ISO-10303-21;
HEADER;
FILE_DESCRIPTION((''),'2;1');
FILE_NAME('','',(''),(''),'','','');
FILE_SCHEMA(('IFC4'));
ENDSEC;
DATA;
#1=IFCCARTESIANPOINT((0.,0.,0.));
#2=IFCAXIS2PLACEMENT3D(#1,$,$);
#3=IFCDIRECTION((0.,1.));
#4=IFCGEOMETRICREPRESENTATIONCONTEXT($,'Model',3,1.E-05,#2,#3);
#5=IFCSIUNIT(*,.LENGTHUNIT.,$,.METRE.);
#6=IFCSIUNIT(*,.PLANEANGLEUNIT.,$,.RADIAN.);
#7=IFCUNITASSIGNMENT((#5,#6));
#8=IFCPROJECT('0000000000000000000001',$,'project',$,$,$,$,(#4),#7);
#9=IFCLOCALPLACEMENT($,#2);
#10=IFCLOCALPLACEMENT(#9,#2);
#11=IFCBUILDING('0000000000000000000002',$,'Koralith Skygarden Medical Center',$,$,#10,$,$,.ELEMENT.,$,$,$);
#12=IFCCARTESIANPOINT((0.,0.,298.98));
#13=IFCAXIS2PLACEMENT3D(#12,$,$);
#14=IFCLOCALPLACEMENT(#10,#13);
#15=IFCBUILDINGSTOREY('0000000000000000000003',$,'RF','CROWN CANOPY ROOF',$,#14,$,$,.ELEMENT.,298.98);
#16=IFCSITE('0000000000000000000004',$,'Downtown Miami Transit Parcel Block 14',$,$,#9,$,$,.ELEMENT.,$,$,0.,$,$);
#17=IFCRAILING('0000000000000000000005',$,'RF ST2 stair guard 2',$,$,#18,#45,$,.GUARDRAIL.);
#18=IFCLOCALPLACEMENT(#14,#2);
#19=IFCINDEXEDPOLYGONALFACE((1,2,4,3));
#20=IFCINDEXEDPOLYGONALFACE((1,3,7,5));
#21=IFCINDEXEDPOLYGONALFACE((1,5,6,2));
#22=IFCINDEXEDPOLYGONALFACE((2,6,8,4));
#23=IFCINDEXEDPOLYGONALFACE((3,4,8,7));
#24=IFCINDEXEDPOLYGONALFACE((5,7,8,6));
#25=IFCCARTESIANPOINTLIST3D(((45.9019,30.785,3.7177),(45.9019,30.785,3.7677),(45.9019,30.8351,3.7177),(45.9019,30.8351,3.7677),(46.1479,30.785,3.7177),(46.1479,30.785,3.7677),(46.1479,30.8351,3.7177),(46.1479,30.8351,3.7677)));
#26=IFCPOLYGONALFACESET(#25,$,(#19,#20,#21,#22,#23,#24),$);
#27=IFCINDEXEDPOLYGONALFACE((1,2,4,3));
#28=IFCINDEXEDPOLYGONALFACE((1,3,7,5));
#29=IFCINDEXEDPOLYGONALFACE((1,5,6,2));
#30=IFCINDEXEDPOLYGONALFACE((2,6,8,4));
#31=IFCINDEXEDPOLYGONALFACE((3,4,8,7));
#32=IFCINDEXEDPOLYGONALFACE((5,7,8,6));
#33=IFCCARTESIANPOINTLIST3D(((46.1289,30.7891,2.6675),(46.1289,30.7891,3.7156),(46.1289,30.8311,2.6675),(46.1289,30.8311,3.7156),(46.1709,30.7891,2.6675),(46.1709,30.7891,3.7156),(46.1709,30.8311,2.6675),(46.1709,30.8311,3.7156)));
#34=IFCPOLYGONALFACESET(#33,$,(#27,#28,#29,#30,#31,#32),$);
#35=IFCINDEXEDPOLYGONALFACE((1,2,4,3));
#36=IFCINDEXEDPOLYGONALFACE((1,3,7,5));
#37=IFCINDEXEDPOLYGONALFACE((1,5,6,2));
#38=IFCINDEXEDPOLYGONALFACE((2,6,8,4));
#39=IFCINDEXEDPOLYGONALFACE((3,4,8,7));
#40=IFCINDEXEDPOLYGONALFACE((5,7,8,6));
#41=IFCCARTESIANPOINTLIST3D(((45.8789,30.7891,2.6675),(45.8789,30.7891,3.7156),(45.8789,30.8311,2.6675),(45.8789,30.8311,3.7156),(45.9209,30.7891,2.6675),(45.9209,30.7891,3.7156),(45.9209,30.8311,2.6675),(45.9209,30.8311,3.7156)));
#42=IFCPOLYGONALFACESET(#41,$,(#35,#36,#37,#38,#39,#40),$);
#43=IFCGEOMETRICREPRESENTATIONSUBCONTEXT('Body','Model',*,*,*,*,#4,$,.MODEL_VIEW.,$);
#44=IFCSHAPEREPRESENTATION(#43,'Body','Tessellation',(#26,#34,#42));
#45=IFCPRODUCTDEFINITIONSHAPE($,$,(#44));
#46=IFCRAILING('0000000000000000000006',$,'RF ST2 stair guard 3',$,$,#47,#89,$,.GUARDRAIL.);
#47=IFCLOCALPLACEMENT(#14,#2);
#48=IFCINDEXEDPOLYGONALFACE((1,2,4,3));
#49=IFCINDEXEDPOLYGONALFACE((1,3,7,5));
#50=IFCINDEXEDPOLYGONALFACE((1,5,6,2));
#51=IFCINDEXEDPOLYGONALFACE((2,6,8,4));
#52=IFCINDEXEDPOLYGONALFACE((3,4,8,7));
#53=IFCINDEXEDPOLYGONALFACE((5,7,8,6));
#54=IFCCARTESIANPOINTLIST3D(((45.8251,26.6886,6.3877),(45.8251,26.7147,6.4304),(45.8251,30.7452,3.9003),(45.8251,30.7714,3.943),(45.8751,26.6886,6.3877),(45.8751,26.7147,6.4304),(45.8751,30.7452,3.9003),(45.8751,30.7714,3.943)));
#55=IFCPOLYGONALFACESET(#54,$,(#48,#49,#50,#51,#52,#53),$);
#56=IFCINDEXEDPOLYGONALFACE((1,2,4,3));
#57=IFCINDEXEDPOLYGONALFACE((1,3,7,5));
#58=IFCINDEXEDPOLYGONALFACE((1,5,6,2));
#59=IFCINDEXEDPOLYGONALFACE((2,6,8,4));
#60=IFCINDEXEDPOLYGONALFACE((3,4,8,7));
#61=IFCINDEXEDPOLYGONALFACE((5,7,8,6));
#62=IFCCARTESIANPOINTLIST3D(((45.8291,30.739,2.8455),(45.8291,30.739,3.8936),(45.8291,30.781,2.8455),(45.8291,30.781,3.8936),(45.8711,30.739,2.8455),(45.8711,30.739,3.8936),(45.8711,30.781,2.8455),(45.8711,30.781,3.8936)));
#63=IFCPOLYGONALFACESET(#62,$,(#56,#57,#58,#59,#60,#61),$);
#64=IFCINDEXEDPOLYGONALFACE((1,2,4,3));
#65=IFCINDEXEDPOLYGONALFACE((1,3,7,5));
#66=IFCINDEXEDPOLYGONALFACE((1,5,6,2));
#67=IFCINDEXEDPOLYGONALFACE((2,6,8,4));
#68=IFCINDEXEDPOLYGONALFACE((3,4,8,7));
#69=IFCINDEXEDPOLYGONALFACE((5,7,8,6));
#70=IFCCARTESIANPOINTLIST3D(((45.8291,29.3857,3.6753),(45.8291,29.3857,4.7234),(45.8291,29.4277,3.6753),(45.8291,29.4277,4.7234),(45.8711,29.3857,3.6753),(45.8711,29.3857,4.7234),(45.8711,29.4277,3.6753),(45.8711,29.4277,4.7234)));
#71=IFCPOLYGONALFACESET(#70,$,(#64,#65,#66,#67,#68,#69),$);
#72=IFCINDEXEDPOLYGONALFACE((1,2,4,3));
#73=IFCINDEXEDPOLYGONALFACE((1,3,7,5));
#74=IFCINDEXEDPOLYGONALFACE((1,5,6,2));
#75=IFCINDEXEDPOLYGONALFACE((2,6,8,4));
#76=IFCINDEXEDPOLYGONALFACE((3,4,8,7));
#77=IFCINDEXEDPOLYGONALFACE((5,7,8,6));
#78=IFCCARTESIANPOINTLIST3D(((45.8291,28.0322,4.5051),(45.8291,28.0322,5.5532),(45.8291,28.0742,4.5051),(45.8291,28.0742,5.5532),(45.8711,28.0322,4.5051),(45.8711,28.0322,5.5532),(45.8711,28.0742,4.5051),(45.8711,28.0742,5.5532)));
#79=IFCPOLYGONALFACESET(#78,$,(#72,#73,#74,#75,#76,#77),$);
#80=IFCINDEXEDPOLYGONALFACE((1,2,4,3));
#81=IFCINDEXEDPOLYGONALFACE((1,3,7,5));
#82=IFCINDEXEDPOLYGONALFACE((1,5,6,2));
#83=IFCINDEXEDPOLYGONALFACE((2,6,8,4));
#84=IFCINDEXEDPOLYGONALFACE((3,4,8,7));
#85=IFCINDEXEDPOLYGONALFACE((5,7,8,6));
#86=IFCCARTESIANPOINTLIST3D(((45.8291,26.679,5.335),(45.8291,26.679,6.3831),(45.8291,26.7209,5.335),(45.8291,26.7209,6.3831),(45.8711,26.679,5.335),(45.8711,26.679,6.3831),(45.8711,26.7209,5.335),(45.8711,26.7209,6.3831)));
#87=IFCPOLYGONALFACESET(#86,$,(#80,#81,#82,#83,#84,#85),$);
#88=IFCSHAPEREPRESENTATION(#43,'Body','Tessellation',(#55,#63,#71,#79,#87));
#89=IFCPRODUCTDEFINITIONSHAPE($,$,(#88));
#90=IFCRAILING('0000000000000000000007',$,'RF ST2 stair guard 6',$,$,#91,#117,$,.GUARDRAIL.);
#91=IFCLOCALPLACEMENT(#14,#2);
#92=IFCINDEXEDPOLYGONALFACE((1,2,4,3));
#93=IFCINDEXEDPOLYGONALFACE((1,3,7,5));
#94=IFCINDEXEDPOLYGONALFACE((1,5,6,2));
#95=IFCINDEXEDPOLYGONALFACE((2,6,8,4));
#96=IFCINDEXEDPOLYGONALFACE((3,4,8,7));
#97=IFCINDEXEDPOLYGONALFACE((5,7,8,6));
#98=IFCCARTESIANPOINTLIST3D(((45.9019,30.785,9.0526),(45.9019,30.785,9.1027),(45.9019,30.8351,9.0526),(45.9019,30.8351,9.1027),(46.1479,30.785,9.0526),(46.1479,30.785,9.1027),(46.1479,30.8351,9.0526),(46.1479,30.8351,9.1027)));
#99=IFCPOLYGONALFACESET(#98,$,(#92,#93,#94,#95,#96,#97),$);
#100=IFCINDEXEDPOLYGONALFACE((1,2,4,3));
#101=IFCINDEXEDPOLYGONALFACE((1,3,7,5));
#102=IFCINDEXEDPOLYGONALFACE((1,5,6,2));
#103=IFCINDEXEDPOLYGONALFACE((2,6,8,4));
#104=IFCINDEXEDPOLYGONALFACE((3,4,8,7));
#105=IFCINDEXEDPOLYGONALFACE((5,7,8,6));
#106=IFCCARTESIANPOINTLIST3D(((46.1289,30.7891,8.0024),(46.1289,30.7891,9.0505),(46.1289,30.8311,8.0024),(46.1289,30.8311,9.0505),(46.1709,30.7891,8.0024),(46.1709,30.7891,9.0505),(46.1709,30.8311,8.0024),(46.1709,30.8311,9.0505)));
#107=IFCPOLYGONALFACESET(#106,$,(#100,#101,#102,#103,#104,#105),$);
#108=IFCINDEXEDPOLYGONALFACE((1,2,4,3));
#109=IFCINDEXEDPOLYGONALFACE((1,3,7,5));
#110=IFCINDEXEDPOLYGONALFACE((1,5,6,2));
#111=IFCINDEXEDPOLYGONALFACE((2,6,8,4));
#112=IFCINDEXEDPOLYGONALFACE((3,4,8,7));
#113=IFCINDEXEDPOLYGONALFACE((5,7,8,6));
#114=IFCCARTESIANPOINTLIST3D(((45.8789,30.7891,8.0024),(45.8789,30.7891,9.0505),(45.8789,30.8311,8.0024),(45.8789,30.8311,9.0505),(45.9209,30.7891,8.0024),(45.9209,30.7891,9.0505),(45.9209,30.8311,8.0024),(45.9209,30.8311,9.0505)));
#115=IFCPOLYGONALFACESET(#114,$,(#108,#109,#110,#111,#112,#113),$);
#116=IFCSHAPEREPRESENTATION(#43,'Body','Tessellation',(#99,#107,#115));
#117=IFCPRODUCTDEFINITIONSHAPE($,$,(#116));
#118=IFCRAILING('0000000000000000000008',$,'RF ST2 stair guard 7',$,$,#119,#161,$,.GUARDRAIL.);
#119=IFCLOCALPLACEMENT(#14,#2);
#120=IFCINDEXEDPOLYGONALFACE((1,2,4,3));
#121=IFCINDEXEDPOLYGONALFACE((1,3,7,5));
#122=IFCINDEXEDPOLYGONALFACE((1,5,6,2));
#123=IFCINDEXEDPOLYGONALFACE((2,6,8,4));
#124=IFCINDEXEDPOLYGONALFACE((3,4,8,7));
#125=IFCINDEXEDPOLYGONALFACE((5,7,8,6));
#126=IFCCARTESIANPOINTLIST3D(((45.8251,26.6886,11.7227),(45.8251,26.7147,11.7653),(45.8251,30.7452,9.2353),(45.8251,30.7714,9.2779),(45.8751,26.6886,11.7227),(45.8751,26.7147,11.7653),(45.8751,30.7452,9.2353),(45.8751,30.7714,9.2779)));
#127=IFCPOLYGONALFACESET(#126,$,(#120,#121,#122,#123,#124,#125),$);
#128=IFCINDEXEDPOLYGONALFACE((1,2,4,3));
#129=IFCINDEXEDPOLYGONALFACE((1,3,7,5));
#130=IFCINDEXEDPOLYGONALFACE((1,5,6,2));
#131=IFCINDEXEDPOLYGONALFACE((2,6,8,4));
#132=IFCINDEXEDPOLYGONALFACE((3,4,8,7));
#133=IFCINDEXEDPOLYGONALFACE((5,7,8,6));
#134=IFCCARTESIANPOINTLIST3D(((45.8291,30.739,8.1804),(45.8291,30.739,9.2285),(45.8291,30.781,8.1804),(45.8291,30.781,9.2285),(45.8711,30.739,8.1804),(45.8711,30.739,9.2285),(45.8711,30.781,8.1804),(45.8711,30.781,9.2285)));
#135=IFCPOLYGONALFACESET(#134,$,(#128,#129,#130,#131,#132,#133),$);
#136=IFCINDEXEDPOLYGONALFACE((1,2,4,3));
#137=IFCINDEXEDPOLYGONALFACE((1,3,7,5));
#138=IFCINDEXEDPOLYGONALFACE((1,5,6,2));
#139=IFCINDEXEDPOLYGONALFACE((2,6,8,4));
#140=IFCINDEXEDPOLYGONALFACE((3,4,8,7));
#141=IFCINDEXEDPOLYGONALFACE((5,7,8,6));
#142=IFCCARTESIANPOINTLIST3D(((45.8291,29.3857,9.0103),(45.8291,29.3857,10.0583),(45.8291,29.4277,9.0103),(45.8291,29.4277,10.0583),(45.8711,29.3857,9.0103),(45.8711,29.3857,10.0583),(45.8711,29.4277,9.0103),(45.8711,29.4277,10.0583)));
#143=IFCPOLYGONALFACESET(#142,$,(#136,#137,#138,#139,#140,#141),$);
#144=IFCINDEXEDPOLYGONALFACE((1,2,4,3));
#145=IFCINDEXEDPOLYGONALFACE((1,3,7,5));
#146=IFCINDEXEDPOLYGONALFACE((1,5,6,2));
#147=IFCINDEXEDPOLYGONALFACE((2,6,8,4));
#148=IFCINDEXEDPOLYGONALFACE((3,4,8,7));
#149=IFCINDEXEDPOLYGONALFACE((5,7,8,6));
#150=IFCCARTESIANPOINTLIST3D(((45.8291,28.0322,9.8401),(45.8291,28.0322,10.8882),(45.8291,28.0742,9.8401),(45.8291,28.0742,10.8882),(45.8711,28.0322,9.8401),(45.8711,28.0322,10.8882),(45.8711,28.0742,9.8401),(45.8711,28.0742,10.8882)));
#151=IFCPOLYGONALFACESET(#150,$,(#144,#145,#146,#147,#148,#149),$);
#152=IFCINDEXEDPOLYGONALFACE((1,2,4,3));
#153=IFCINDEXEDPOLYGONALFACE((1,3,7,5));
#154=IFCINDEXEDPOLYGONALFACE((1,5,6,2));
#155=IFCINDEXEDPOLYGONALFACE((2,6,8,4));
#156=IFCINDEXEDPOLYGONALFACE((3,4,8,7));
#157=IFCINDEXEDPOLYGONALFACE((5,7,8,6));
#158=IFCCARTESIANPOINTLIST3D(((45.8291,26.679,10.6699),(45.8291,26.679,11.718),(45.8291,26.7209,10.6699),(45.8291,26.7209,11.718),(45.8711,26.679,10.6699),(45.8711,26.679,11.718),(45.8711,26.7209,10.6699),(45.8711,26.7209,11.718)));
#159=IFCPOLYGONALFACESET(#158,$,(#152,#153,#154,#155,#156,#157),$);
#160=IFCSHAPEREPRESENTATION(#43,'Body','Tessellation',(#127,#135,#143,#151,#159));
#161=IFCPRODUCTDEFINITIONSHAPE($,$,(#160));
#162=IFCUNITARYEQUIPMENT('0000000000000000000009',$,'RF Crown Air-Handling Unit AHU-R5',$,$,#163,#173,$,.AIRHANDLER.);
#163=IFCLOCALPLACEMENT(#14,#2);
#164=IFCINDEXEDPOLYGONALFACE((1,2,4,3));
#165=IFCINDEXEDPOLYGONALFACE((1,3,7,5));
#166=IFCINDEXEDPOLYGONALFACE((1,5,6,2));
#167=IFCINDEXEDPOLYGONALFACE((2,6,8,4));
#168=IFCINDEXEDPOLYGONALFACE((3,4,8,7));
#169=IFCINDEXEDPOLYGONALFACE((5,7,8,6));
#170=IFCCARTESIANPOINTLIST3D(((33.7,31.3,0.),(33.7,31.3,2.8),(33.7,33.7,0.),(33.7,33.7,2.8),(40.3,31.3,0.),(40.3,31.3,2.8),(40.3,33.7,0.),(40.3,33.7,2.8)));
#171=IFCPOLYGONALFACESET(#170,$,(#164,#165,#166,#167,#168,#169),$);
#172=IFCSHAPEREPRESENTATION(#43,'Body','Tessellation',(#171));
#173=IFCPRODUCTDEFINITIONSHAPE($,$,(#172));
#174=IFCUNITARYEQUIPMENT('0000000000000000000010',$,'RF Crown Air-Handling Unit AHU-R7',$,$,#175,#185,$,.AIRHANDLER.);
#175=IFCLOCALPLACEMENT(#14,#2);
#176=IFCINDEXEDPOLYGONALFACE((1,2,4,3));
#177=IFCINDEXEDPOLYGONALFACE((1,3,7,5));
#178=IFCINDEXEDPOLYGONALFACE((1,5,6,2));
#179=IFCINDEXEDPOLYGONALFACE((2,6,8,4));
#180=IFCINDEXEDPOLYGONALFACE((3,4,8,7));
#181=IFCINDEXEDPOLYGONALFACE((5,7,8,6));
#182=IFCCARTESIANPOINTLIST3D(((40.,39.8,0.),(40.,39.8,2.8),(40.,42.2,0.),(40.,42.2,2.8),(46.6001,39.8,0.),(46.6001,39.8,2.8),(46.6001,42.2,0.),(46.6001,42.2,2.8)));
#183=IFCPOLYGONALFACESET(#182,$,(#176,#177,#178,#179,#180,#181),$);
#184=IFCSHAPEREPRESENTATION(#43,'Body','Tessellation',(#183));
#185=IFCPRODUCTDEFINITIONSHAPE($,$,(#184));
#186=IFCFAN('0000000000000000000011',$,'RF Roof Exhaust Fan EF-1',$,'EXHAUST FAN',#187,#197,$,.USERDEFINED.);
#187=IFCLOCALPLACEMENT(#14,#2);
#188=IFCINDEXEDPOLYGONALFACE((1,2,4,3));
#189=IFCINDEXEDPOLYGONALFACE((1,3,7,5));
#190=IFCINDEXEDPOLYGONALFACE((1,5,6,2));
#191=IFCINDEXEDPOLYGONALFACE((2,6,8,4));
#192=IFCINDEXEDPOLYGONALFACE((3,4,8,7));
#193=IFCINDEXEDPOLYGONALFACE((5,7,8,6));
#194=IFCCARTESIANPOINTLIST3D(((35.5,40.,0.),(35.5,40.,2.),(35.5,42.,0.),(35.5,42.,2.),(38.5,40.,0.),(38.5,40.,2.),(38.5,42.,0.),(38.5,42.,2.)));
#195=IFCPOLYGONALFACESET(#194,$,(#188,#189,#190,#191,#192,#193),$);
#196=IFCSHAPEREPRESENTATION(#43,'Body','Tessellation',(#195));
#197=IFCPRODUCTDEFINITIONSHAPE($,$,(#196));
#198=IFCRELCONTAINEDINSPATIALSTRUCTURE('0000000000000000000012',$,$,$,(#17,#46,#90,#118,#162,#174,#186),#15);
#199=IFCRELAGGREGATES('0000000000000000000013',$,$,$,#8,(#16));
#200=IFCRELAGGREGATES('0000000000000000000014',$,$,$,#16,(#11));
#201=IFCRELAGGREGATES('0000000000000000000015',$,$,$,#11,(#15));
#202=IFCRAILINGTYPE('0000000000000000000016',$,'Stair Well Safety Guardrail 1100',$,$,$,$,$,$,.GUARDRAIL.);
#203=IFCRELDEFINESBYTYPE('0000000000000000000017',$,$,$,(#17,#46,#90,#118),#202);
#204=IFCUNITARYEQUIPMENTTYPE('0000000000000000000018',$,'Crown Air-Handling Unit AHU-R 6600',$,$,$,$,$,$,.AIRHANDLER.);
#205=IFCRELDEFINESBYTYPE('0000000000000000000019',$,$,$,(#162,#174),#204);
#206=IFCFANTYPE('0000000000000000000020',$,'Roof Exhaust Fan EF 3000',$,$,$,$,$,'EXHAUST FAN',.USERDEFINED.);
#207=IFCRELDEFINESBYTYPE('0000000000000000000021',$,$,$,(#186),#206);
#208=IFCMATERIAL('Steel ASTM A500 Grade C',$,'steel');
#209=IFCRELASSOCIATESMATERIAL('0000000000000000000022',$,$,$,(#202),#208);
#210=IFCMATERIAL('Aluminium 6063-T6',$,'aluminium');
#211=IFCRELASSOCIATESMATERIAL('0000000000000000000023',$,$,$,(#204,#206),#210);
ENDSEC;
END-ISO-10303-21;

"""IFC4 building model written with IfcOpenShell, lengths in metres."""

from ifc_helpers import new_model, si_unit, direction, frame, origin, origin_2d, place, context, subcontext, project, spatial, rectangle, extrude, material, type_object, element, save


model = new_model("IFC4")

# Units and contexts
model_context = context("Model", 3, precision=1e-05, world=origin(), true_north=direction((0.0, 1.0)))
body_context = subcontext(model_context, "Body", "Model", "MODEL_VIEW")
ifc_project = project(units=[si_unit("LENGTHUNIT", "METRE"), si_unit("PLANEANGLEUNIT", "RADIAN")], contexts=[model_context])

# Site, building, storey
site_placement = place(None, origin())
site = spatial("IfcSite", under=ifc_project, at=site_placement, Name="Downtown Miami Transit Parcel Block 14", CompositionType="ELEMENT", RefElevation=0.0)
building_placement = place(site_placement, origin())
building = spatial("IfcBuilding", under=site, at=building_placement, Name="Koralith Skygarden Medical Center", CompositionType="ELEMENT")
storey_placement = place(building_placement, frame((0.0, 0.0, 298.98)))
storey = spatial("IfcBuildingStorey", under=building, at=storey_placement, Name="RF", Description="CROWN CANOPY ROOF", CompositionType="ELEMENT", Elevation=298.98)

# Shared definitions
ifc_material_1 = material(Name="Steel ASTM A500 Grade C", Category="steel")

# Shared definitions
ifc_material_2 = material(Name="Aluminium 6063-T6", Category="aluminium")

# Railings
railing_type_1 = type_object("IfcRailingType", Name="Stair Well Safety Guardrail 1100", PredefinedType="GUARDRAIL", material=ifc_material_1)
railing_1_placement = place(storey_placement, frame((46.1499, 30.8101, 2.6675)))
element("IfcRailing", 1, at=railing_1_placement, inside=storey, type_object=railing_type_1, Name="RF ST2 stair guard 2", PredefinedType="GUARDRAIL", context=body_context, shape_type="SweptSolid", body=[
    extrude(rectangle(XDim=0.05, YDim=0.05, at=origin_2d()), frame((-0.002, 0.0, 1.0752), z_axis=(-1.0, 0.0, 0.0), x_axis=(0.0, -1.0, 0.0)), (0.0, 0.0, 1.0), 0.2461),
    extrude(rectangle(XDim=0.042, YDim=0.042, at=origin_2d()), origin(), (0.0, 0.0, 1.0), 1.0481),
    extrude(rectangle(XDim=0.042, YDim=0.042, at=origin_2d()), frame((-0.25, 0.0, 0.0)), (0.0, 0.0, 1.0), 1.0481),
])
railing_2_placement = place(storey_placement, frame((45.8501, 30.76, 2.8455)))
element("IfcRailing", 2, at=railing_2_placement, inside=storey, type_object=railing_type_1, Name="RF ST2 stair guard 3", PredefinedType="GUARDRAIL", context=body_context, shape_type="SweptSolid", body=[
    extrude(rectangle(XDim=0.05, YDim=0.05, at=origin_2d()), frame((0.0, -0.0017, 1.0762), z_axis=(0.0, -0.8525, 0.522727), x_axis=(1.0, 0.0, 0.0)), (0.0, 0.0, 1.0), 4.7585),
    extrude(rectangle(XDim=0.042, YDim=0.042, at=origin_2d()), origin(), (0.0, 0.0, 1.0), 1.0481),
    extrude(rectangle(XDim=0.042, YDim=0.042, at=origin_2d()), frame((0.0, -1.3533, 0.8298)), (0.0, 0.0, 1.0), 1.0481),
    extrude(rectangle(XDim=0.042, YDim=0.042, at=origin_2d()), frame((0.0, -2.7068, 1.6597)), (0.0, 0.0, 1.0), 1.0481),
    extrude(rectangle(XDim=0.042, YDim=0.042, at=origin_2d()), frame((0.0, -4.0601, 2.4895)), (0.0, 0.0, 1.0), 1.0481),
])
railing_3_placement = place(storey_placement, frame((46.1499, 30.8101, 8.0024)))
element("IfcRailing", 3, at=railing_3_placement, inside=storey, type_object=railing_type_1, Name="RF ST2 stair guard 6", PredefinedType="GUARDRAIL", context=body_context, shape_type="SweptSolid", body=[
    extrude(rectangle(XDim=0.05, YDim=0.05, at=origin_2d()), frame((-0.002, 0.0, 1.0752), z_axis=(-1.0, 0.0, 0.0), x_axis=(0.0, -1.0, 0.0)), (0.0, 0.0, 1.0), 0.2461),
    extrude(rectangle(XDim=0.042, YDim=0.042, at=origin_2d()), origin(), (0.0, 0.0, 1.0), 1.0481),
    extrude(rectangle(XDim=0.042, YDim=0.042, at=origin_2d()), frame((-0.25, 0.0, 0.0)), (0.0, 0.0, 1.0), 1.0481),
])
railing_4_placement = place(storey_placement, frame((45.8501, 30.76, 8.1804)))
element("IfcRailing", 4, at=railing_4_placement, inside=storey, type_object=railing_type_1, Name="RF ST2 stair guard 7", PredefinedType="GUARDRAIL", context=body_context, shape_type="SweptSolid", body=[
    extrude(rectangle(XDim=0.05, YDim=0.05, at=origin_2d()), frame((0.0, -0.0017, 1.0762), z_axis=(0.0, -0.8525, 0.522727), x_axis=(1.0, 0.0, 0.0)), (0.0, 0.0, 1.0), 4.7585),
    extrude(rectangle(XDim=0.042, YDim=0.042, at=origin_2d()), origin(), (0.0, 0.0, 1.0), 1.0481),
    extrude(rectangle(XDim=0.042, YDim=0.042, at=origin_2d()), frame((0.0, -1.3533, 0.8298)), (0.0, 0.0, 1.0), 1.0481),
    extrude(rectangle(XDim=0.042, YDim=0.042, at=origin_2d()), frame((0.0, -2.7068, 1.6597)), (0.0, 0.0, 1.0), 1.0481),
    extrude(rectangle(XDim=0.042, YDim=0.042, at=origin_2d()), frame((0.0, -4.0601, 2.4895)), (0.0, 0.0, 1.0), 1.0481),
])

# Unitary equipment
unitary_equipment_type = type_object("IfcUnitaryEquipmentType", Name="Crown Air-Handling Unit AHU-R 6600", PredefinedType="AIRHANDLER", material=ifc_material_2)
for number, where, z_axis, x_axis, name in (
    (5, (37.0, 32.5, 0.0), (0.0, 0.0, 1.0), (1.0, 0.0, 0.0), "RF Crown Air-Handling Unit AHU-R5"),
    (6, (43.3, 41.0, 0.0), (0.0, 0.0, 1.0), (1.0, 0.0, 0.0), "RF Crown Air-Handling Unit AHU-R7"),
):
    element("IfcUnitaryEquipment", number, at=place(storey_placement, frame(where, z_axis=z_axis, x_axis=x_axis)), inside=storey, type_object=unitary_equipment_type, Name=name, PredefinedType="AIRHANDLER", context=body_context, shape_type="SweptSolid", body=[
        extrude(rectangle(XDim=6.6001, YDim=2.3999, at=origin_2d()), origin(), (0.0, 0.0, 1.0), 2.8),
    ])

# Fan
fan_type = type_object("IfcFanType", Name="Roof Exhaust Fan EF 3000", ElementType="EXHAUST FAN", PredefinedType="USERDEFINED", material=ifc_material_2)
fan_placement = place(storey_placement, frame((37.0, 41.0, 0.0), z_axis=(0.0, 0.0, 1.0), x_axis=(1.0, 0.0, 0.0)))
element("IfcFan", 7, at=fan_placement, inside=storey, type_object=fan_type, Name="RF Roof Exhaust Fan EF-1", ObjectType="EXHAUST FAN", PredefinedType="USERDEFINED", context=body_context, shape_type="SweptSolid", body=[
    extrude(rectangle(XDim=3.0, YDim=2.0, at=origin_2d()), origin(), (0.0, 0.0, 1.0), 2.0),
])

save(model, "model.ifc")
